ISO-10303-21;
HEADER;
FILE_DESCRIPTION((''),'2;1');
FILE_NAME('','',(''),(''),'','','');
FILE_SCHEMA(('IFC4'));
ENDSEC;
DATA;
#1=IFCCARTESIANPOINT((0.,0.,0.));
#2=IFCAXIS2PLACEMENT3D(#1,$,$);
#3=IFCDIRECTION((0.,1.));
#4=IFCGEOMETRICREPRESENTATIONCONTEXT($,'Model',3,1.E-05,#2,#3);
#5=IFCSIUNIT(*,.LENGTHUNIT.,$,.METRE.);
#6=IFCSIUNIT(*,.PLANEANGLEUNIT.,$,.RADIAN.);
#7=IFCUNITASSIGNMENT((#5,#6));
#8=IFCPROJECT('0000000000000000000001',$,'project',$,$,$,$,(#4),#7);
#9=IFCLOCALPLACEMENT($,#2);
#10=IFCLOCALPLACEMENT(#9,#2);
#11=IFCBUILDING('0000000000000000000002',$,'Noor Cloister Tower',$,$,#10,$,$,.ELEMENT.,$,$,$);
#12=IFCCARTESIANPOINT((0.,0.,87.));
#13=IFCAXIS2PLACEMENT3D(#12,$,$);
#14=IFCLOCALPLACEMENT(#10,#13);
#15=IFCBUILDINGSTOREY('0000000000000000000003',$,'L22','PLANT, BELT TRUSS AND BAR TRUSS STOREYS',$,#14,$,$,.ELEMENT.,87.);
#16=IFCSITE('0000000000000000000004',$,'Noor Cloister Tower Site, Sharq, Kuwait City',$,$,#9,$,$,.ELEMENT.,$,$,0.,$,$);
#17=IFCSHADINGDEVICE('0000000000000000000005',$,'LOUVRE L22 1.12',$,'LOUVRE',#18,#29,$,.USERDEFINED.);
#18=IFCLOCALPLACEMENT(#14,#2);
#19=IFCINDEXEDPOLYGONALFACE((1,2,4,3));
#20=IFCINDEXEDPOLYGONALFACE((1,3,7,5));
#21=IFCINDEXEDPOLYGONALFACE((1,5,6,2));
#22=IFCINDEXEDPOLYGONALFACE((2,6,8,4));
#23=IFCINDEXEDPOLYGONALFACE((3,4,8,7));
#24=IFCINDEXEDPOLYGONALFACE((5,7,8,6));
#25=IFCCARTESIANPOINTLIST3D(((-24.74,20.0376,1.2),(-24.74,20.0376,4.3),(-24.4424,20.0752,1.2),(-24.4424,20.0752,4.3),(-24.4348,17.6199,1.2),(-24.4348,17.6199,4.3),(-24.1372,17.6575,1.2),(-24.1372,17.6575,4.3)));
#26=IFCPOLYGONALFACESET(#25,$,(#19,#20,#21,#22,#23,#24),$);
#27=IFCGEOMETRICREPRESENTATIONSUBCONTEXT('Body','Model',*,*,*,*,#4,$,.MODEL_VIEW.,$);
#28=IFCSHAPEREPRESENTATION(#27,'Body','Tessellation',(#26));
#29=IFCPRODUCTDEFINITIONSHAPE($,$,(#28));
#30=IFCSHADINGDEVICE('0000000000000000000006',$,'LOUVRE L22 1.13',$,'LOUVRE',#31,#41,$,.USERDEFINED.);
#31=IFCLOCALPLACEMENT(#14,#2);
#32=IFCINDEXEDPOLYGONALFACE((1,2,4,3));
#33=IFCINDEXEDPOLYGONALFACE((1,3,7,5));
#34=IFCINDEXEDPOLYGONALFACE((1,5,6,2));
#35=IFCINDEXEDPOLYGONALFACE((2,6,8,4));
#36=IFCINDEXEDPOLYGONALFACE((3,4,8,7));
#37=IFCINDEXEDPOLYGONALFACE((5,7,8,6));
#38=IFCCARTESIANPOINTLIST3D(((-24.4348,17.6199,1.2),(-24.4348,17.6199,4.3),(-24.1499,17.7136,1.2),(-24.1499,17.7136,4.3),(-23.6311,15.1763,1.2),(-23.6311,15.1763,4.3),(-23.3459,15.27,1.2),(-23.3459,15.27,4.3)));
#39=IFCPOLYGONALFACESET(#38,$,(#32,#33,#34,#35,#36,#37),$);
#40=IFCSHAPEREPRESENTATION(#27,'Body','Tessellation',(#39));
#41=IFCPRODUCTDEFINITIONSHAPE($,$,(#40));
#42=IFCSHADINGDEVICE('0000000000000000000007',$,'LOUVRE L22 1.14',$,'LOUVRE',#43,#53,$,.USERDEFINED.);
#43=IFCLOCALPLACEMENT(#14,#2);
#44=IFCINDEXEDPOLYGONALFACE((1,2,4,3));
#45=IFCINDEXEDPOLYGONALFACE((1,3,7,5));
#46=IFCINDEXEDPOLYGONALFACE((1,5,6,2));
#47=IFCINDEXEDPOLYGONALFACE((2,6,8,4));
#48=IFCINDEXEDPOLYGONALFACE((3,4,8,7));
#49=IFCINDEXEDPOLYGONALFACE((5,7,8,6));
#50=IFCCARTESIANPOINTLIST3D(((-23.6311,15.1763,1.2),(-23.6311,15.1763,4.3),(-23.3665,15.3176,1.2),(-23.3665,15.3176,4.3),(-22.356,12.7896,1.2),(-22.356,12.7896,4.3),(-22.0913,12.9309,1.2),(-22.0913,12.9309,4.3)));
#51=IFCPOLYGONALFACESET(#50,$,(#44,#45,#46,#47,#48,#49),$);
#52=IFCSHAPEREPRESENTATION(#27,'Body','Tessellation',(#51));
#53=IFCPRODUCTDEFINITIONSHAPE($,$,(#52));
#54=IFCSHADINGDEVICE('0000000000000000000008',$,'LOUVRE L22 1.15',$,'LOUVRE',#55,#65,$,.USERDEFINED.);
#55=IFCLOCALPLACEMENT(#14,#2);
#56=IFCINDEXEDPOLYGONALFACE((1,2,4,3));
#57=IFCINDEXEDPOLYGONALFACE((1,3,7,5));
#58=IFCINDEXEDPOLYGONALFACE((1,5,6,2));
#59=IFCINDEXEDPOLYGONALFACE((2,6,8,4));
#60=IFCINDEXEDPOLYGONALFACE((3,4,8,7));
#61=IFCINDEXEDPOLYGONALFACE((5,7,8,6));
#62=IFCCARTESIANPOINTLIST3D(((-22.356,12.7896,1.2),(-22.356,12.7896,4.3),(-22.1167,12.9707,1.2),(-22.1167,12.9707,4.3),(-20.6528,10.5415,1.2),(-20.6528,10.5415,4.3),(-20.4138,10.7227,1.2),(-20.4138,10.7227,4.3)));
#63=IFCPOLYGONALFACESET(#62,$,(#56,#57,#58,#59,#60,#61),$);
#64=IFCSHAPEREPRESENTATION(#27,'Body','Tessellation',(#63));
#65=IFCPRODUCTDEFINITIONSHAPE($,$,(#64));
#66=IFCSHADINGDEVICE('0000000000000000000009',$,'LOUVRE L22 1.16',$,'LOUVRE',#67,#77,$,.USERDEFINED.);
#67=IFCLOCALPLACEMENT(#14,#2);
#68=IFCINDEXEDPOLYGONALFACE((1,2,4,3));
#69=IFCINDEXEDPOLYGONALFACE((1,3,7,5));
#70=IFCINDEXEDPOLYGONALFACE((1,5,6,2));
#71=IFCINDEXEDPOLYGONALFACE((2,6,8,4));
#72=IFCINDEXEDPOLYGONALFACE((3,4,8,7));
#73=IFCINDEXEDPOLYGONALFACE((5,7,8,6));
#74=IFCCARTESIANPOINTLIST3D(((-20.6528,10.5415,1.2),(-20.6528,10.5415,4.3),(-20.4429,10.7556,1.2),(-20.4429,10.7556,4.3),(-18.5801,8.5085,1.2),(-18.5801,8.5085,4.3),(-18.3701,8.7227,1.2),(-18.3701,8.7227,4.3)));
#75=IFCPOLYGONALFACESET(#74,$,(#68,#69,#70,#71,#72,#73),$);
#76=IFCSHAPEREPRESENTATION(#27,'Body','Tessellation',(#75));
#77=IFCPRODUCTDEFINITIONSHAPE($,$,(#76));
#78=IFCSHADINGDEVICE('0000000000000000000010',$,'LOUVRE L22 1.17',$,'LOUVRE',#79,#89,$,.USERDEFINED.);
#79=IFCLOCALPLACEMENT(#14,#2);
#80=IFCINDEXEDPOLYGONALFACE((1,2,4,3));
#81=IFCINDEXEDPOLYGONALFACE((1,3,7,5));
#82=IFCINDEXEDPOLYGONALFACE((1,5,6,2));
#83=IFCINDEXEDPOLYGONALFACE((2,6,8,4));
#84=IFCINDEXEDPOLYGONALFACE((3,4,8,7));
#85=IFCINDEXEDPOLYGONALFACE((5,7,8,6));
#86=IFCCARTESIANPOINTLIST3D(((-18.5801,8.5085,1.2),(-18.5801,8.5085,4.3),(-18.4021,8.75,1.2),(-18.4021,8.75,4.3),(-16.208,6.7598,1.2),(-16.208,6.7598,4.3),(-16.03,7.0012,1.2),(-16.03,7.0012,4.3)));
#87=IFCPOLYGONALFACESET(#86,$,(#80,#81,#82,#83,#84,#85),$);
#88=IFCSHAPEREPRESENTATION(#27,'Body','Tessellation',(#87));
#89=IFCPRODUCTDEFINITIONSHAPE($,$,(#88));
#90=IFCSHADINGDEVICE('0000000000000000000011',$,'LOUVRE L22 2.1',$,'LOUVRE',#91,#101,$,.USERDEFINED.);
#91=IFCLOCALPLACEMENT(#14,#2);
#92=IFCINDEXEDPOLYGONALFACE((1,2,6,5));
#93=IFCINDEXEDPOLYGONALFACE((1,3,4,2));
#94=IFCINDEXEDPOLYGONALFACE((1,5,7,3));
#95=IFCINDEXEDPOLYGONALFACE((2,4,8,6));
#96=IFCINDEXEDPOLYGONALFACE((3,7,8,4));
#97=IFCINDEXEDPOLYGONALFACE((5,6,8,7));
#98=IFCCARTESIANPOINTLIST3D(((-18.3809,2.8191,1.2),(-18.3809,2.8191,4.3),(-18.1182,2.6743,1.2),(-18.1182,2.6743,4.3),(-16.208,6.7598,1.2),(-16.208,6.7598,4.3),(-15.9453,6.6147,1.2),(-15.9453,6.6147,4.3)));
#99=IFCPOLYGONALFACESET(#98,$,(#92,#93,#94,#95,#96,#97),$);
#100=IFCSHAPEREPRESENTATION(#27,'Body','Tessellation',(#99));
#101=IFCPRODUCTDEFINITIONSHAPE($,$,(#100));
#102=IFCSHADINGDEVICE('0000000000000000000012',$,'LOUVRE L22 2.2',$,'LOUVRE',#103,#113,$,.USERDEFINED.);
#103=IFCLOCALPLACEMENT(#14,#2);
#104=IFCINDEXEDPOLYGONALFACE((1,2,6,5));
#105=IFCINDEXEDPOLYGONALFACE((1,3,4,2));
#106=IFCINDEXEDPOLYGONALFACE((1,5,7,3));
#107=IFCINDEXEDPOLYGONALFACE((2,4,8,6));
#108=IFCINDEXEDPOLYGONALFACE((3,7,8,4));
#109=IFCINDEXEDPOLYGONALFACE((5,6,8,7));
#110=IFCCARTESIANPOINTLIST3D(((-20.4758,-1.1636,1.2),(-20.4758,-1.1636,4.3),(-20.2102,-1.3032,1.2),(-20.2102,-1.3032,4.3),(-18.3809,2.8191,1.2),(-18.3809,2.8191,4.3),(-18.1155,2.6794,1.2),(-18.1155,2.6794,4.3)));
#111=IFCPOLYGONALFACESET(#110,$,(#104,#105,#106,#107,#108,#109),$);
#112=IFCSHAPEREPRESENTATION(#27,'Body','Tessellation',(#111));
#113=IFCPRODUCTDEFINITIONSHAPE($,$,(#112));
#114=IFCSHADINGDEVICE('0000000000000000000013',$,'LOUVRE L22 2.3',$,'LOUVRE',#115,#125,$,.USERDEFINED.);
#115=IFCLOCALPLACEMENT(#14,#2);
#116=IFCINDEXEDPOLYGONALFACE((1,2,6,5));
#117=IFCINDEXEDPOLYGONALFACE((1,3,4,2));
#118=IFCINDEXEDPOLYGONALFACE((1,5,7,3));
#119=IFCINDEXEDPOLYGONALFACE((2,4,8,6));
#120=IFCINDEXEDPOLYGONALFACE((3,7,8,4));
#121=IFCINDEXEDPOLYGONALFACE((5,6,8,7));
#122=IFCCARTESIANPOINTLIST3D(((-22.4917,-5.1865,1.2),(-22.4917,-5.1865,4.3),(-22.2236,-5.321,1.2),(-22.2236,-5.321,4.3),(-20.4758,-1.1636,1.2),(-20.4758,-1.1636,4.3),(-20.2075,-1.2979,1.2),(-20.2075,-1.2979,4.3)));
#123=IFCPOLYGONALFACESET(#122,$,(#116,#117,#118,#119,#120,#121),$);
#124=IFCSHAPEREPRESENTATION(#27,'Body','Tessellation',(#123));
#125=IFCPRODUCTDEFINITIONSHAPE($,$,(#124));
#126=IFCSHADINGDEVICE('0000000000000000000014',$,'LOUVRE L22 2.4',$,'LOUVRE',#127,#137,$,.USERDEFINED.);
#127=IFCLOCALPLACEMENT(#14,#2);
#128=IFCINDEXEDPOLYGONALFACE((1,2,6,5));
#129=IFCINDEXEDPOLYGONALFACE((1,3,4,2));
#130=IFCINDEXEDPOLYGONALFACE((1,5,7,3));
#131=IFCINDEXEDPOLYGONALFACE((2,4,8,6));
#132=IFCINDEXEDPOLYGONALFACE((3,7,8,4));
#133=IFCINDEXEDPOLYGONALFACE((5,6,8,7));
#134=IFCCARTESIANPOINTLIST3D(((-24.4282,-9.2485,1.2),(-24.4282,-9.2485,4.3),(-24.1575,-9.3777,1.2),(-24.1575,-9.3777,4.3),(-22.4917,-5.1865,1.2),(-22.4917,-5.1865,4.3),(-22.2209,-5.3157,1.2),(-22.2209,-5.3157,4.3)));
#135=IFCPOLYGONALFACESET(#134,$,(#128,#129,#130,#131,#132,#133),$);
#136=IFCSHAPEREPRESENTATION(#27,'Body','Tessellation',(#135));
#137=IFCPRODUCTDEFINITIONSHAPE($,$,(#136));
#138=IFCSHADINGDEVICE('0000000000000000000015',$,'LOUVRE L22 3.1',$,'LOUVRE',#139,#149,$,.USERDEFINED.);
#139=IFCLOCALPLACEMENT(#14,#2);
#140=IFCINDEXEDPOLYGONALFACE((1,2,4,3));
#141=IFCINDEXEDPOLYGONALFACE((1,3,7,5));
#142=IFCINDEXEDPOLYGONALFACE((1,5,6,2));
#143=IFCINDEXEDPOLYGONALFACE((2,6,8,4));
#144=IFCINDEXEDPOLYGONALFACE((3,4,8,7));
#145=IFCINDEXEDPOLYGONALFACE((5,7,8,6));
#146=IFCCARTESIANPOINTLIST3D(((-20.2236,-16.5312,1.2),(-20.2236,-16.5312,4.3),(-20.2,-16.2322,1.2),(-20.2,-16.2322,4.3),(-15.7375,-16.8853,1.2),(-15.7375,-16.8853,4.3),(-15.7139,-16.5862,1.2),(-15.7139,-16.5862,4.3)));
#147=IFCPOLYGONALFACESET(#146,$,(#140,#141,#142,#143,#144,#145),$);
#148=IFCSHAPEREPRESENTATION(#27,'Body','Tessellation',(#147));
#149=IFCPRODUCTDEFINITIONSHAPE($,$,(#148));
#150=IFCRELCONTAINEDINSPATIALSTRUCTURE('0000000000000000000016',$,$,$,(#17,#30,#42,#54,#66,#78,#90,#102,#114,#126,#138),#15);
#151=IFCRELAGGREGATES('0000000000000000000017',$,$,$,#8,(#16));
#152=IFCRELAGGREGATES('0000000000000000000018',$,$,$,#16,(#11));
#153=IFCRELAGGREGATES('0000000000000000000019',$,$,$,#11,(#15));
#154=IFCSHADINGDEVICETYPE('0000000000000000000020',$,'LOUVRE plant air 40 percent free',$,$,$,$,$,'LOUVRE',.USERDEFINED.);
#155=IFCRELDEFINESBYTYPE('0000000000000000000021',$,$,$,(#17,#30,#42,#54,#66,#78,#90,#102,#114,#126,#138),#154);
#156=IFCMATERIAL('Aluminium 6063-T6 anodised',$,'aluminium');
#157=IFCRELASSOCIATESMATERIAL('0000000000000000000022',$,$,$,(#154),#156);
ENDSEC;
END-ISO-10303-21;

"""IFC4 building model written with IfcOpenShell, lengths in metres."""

from ifc_helpers import new_model, si_unit, direction, frame, origin, place, context, subcontext, project, spatial, polyline, outline, extrude, material, type_object, element, save


model = new_model("IFC4")

# Units and contexts
model_context = context("Model", 3, precision=1e-05, world=origin(), true_north=direction((0.0, 1.0)))
body_context = subcontext(model_context, "Body", "Model", "MODEL_VIEW")
ifc_project = project(units=[si_unit("LENGTHUNIT", "METRE"), si_unit("PLANEANGLEUNIT", "RADIAN")], contexts=[model_context])

# Site, building, storey
site_placement = place(None, origin())
site = spatial("IfcSite", under=ifc_project, at=site_placement, Name="Noor Cloister Tower Site, Sharq, Kuwait City", CompositionType="ELEMENT", RefElevation=0.0)
building_placement = place(site_placement, origin())
building = spatial("IfcBuilding", under=site, at=building_placement, Name="Noor Cloister Tower", CompositionType="ELEMENT")
storey_placement = place(building_placement, frame((0.0, 0.0, 87.0)))
storey = spatial("IfcBuildingStorey", under=building, at=storey_placement, Name="L22", Description="PLANT, BELT TRUSS AND BAR TRUSS STOREYS", CompositionType="ELEMENT", Elevation=87.0)

# Shading devices
ifc_material_1 = material(Name="Aluminium 6063-T6 anodised", Category="aluminium")
shading_device_type = type_object("IfcShadingDeviceType", Name="LOUVRE plant air 40 percent free", ElementType="LOUVRE", PredefinedType="USERDEFINED", material=ifc_material_1)
shading_device_1_placement = place(storey_placement, frame((0.0, 0.0, 1.2)))
element("IfcShadingDevice", 1, at=shading_device_1_placement, inside=storey, type_object=shading_device_type, Name="LOUVRE L22 1.12", ObjectType="LOUVRE", PredefinedType="USERDEFINED", context=body_context, shape_type="SweptSolid", body=[
    extrude(outline(polyline([(-24.74, 20.0376), (-24.4348, 17.6199), (-24.1372, 17.6575), (-24.4424, 20.0752), (-24.74, 20.0376)])), origin(), (0.0, 0.0, 1.0), 3.1001),
])
shading_device_2_placement = place(storey_placement, frame((0.0, 0.0, 1.2)))
element("IfcShadingDevice", 2, at=shading_device_2_placement, inside=storey, type_object=shading_device_type, Name="LOUVRE L22 1.13", ObjectType="LOUVRE", PredefinedType="USERDEFINED", context=body_context, shape_type="SweptSolid", body=[
    extrude(outline(polyline([(-24.4348, 17.6199), (-23.6311, 15.1763), (-23.3459, 15.27), (-24.1499, 17.7136), (-24.4348, 17.6199)])), origin(), (0.0, 0.0, 1.0), 3.1001),
])
shading_device_3_placement = place(storey_placement, frame((0.0, 0.0, 1.2)))
element("IfcShadingDevice", 3, at=shading_device_3_placement, inside=storey, type_object=shading_device_type, Name="LOUVRE L22 1.14", ObjectType="LOUVRE", PredefinedType="USERDEFINED", context=body_context, shape_type="SweptSolid", body=[
    extrude(outline(polyline([(-23.6311, 15.1763), (-22.356, 12.7896), (-22.0913, 12.9309), (-23.3665, 15.3176), (-23.6311, 15.1763)])), origin(), (0.0, 0.0, 1.0), 3.1001),
])
shading_device_4_placement = place(storey_placement, frame((0.0, 0.0, 1.2)))
element("IfcShadingDevice", 4, at=shading_device_4_placement, inside=storey, type_object=shading_device_type, Name="LOUVRE L22 1.15", ObjectType="LOUVRE", PredefinedType="USERDEFINED", context=body_context, shape_type="SweptSolid", body=[
    extrude(outline(polyline([(-22.356, 12.7896), (-20.6528, 10.5415), (-20.4138, 10.7227), (-22.1167, 12.9707), (-22.356, 12.7896)])), origin(), (0.0, 0.0, 1.0), 3.1001),
])
shading_device_5_placement = place(storey_placement, frame((0.0, 0.0, 1.2)))
element("IfcShadingDevice", 5, at=shading_device_5_placement, inside=storey, type_object=shading_device_type, Name="LOUVRE L22 1.16", ObjectType="LOUVRE", PredefinedType="USERDEFINED", context=body_context, shape_type="SweptSolid", body=[
    extrude(outline(polyline([(-20.6528, 10.5415), (-18.5801, 8.5085), (-18.3701, 8.7227), (-20.4429, 10.7556), (-20.6528, 10.5415)])), origin(), (0.0, 0.0, 1.0), 3.1001),
])
shading_device_6_placement = place(storey_placement, frame((0.0, 0.0, 1.2)))
element("IfcShadingDevice", 6, at=shading_device_6_placement, inside=storey, type_object=shading_device_type, Name="LOUVRE L22 1.17", ObjectType="LOUVRE", PredefinedType="USERDEFINED", context=body_context, shape_type="SweptSolid", body=[
    extrude(outline(polyline([(-18.5801, 8.5085), (-16.208, 6.7598), (-16.03, 7.0012), (-18.4021, 8.75), (-18.5801, 8.5085)])), origin(), (0.0, 0.0, 1.0), 3.1001),
])
shading_device_7_placement = place(storey_placement, frame((0.0, 0.0, 1.2)))
element("IfcShadingDevice", 7, at=shading_device_7_placement, inside=storey, type_object=shading_device_type, Name="LOUVRE L22 2.1", ObjectType="LOUVRE", PredefinedType="USERDEFINED", context=body_context, shape_type="SweptSolid", body=[
    extrude(outline(polyline([(-16.208, 6.7598), (-18.3809, 2.8191), (-18.1182, 2.6743), (-15.9453, 6.6147), (-16.208, 6.7598)])), origin(), (0.0, 0.0, 1.0), 3.1001),
])
shading_device_8_placement = place(storey_placement, frame((0.0, 0.0, 1.2)))
element("IfcShadingDevice", 8, at=shading_device_8_placement, inside=storey, type_object=shading_device_type, Name="LOUVRE L22 2.2", ObjectType="LOUVRE", PredefinedType="USERDEFINED", context=body_context, shape_type="SweptSolid", body=[
    extrude(outline(polyline([(-18.3809, 2.8191), (-20.4758, -1.1636), (-20.2102, -1.3032), (-18.1155, 2.6794), (-18.3809, 2.8191)])), origin(), (0.0, 0.0, 1.0), 3.1001),
])
shading_device_9_placement = place(storey_placement, frame((0.0, 0.0, 1.2)))
element("IfcShadingDevice", 9, at=shading_device_9_placement, inside=storey, type_object=shading_device_type, Name="LOUVRE L22 2.3", ObjectType="LOUVRE", PredefinedType="USERDEFINED", context=body_context, shape_type="SweptSolid", body=[
    extrude(outline(polyline([(-20.4758, -1.1636), (-22.4917, -5.1865), (-22.2236, -5.321), (-20.2075, -1.2979), (-20.4758, -1.1636)])), origin(), (0.0, 0.0, 1.0), 3.1001),
])
shading_device_10_placement = place(storey_placement, frame((0.0, 0.0, 1.2)))
element("IfcShadingDevice", 10, at=shading_device_10_placement, inside=storey, type_object=shading_device_type, Name="LOUVRE L22 2.4", ObjectType="LOUVRE", PredefinedType="USERDEFINED", context=body_context, shape_type="SweptSolid", body=[
    extrude(outline(polyline([(-22.4917, -5.1865), (-24.4282, -9.2485), (-24.1575, -9.3777), (-22.2209, -5.3157), (-22.4917, -5.1865)])), origin(), (0.0, 0.0, 1.0), 3.1001),
])
shading_device_11_placement = place(storey_placement, frame((0.0, 0.0, 1.2)))
element("IfcShadingDevice", 11, at=shading_device_11_placement, inside=storey, type_object=shading_device_type, Name="LOUVRE L22 3.1", ObjectType="LOUVRE", PredefinedType="USERDEFINED", context=body_context, shape_type="SweptSolid", body=[
    extrude(outline(polyline([(-20.2236, -16.5312), (-15.7375, -16.8853), (-15.7139, -16.5862), (-20.2, -16.2322), (-20.2236, -16.5312)])), origin(), (0.0, 0.0, 1.0), 3.1001),
])

save(model, "model.ifc")
